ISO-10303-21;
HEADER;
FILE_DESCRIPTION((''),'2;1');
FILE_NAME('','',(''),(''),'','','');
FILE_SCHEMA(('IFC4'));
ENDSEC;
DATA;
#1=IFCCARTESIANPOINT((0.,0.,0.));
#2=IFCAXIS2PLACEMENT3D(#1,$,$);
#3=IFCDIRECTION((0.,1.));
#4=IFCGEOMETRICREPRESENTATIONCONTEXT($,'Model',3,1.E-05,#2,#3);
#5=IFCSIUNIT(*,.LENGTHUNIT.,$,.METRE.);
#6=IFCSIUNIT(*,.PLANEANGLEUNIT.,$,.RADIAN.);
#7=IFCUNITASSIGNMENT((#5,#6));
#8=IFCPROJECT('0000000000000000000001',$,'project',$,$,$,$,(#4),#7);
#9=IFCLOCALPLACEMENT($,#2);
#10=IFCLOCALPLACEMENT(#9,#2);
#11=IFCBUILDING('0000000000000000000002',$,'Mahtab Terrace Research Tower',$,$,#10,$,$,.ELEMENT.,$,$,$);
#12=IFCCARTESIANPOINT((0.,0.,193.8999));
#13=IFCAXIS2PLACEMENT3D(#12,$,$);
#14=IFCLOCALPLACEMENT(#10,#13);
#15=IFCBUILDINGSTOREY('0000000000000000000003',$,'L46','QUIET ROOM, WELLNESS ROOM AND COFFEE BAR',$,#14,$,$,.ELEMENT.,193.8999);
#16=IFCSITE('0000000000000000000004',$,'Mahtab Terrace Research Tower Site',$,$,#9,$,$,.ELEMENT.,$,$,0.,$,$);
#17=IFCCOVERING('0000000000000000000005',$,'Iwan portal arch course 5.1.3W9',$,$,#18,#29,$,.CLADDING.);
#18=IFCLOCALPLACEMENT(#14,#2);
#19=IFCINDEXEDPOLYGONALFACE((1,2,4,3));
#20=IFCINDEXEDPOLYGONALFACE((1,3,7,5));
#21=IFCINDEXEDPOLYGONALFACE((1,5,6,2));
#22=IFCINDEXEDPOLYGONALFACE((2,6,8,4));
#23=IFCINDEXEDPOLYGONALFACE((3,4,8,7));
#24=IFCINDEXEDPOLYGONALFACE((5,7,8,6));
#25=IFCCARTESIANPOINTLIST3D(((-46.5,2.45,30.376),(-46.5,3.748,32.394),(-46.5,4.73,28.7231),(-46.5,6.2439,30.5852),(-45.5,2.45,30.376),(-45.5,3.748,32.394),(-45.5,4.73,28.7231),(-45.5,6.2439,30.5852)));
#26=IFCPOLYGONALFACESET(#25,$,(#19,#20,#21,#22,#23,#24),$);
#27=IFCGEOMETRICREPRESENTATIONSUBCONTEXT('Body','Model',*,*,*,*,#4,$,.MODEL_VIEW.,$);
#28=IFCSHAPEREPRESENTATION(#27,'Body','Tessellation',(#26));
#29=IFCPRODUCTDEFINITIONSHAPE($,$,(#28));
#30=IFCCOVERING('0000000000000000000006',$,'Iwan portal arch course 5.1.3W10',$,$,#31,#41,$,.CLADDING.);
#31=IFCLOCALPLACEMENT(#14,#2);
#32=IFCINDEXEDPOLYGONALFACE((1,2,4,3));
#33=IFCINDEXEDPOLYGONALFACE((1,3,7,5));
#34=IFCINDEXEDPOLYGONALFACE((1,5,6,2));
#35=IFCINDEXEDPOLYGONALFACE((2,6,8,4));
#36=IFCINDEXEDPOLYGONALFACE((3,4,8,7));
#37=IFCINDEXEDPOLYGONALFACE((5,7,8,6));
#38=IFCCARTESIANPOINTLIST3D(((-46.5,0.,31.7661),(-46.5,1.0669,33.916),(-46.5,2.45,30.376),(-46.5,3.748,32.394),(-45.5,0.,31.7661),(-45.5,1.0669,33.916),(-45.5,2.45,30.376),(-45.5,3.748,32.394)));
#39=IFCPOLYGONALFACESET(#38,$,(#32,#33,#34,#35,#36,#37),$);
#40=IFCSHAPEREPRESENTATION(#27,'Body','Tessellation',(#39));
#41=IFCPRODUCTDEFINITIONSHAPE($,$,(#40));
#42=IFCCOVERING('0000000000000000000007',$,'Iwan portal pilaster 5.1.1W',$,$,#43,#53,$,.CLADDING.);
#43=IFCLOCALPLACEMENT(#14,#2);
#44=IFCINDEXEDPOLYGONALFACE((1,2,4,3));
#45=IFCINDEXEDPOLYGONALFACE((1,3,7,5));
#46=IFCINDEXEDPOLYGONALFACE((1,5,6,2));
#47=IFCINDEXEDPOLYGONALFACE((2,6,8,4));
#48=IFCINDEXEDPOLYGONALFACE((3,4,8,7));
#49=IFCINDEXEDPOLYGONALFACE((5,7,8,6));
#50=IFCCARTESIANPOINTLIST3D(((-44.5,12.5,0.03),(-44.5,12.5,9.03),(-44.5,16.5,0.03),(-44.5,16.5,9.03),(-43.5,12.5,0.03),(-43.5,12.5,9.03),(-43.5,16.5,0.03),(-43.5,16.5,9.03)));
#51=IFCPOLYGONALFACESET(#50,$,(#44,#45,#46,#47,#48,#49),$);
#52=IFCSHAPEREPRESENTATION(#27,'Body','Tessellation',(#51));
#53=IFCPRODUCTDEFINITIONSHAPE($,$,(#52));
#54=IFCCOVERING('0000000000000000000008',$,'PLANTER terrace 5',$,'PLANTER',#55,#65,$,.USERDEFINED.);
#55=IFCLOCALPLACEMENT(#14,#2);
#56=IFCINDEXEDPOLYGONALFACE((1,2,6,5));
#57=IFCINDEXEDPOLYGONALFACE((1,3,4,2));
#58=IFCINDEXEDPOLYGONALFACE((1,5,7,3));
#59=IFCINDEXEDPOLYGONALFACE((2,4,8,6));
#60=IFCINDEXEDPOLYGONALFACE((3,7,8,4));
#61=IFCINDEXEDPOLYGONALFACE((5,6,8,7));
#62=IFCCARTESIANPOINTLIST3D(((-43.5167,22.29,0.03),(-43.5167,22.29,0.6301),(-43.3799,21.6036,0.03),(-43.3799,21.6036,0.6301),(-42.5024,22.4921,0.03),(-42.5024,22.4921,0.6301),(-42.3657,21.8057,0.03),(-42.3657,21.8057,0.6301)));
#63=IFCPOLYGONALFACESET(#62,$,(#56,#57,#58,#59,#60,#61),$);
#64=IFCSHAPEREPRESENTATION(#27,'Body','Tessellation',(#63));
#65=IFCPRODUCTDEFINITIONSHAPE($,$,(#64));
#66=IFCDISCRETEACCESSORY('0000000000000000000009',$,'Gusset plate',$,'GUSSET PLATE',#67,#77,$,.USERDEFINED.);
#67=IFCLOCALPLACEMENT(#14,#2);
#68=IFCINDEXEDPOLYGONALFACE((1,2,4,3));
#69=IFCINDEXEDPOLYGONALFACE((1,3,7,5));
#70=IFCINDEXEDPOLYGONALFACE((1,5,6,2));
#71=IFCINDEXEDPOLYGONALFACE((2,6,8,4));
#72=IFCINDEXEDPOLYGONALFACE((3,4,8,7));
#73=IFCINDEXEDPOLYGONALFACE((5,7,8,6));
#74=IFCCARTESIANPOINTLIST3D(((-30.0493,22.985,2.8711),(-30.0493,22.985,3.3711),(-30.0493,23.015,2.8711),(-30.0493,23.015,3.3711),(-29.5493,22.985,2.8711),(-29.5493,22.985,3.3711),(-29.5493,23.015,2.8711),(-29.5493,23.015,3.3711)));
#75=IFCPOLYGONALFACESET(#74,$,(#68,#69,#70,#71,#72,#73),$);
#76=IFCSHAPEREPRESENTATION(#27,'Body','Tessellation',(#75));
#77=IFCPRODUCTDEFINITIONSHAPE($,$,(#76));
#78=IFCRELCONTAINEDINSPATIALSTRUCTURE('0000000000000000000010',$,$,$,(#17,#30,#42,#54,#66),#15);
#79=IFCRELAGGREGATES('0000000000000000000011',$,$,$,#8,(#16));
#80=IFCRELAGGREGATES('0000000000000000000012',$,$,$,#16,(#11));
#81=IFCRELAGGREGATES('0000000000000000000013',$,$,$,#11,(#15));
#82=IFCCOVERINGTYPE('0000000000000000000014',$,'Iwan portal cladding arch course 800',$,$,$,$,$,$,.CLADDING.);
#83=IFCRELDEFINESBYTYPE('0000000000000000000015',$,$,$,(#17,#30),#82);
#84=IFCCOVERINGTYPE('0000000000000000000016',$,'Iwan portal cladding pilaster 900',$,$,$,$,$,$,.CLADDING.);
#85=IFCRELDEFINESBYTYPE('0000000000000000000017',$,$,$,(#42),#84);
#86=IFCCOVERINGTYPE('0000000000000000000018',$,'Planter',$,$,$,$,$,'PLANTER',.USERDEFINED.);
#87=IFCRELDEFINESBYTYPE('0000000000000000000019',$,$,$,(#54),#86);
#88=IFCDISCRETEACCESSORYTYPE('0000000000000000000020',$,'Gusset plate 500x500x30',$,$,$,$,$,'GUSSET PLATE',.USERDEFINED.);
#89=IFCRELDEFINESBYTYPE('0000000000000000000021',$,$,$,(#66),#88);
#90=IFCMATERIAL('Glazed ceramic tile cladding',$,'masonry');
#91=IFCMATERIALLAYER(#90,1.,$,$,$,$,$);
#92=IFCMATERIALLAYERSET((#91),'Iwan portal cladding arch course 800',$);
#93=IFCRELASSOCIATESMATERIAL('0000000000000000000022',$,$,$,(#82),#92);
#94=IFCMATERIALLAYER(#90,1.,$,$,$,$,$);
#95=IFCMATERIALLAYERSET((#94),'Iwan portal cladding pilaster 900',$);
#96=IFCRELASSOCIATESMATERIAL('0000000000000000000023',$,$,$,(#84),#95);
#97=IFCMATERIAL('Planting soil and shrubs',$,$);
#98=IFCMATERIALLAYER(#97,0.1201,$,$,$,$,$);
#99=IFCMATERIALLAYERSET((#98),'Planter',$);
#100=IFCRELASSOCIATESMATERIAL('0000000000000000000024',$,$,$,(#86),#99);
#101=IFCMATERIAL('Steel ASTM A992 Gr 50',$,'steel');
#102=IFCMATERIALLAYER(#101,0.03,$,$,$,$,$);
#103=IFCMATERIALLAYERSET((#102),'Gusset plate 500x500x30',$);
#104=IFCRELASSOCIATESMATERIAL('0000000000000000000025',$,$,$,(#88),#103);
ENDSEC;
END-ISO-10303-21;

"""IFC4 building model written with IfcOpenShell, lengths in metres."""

from ifc_helpers import new_model, si_unit, direction, frame, origin, origin_2d, place, context, subcontext, project, spatial, polyline, rectangle, outline, extrude, material, layer, layer_set, type_object, element, save


model = new_model("IFC4")

# Units and contexts
model_context = context("Model", 3, precision=1e-05, world=origin(), true_north=direction((0.0, 1.0)))
body_context = subcontext(model_context, "Body", "Model", "MODEL_VIEW")
ifc_project = project(units=[si_unit("LENGTHUNIT", "METRE"), si_unit("PLANEANGLEUNIT", "RADIAN")], contexts=[model_context])

# Site, building, storey
site_placement = place(None, origin())
site = spatial("IfcSite", under=ifc_project, at=site_placement, Name="Mahtab Terrace Research Tower Site", CompositionType="ELEMENT", RefElevation=0.0)
building_placement = place(site_placement, origin())
building = spatial("IfcBuilding", under=site, at=building_placement, Name="Mahtab Terrace Research Tower", CompositionType="ELEMENT")
storey_placement = place(building_placement, frame((0.0, 0.0, 193.8999)))
storey = spatial("IfcBuildingStorey", under=building, at=storey_placement, Name="L46", Description="QUIET ROOM, WELLNESS ROOM AND COFFEE BAR", CompositionType="ELEMENT", Elevation=193.8999)

# Coverings
ifc_material_1 = material(Name="Glazed ceramic tile cladding", Category="masonry")
ifc_layer_1 = layer(ifc_material_1, 1.0)
ifc_layer_set_1 = layer_set([ifc_layer_1], Name="Iwan portal cladding arch course 800")
covering_type_1 = type_object("IfcCoveringType", Name="Iwan portal cladding arch course 800", PredefinedType="CLADDING", material=ifc_layer_set_1)
covering_1_placement = place(storey_placement, frame((-45.5, 6.2439, 30.5852), z_axis=(1.0, 0.0, 0.0), x_axis=(0.0, -0.809711, 0.586829)))
element("IfcCovering", 1, at=covering_1_placement, inside=storey, type_object=covering_type_1, Name="Iwan portal arch course 5.1.3W9", PredefinedType="CLADDING", context=body_context, shape_type="SweptSolid", body=[
    extrude(outline(polyline([(0.0, 0.0), (3.0824, 0.0), (2.9492, 2.3958), (0.1331, 2.3961), (0.0, 0.0)])), origin(), (0.0, 0.0, -1.0), 1.0),
])
covering_2_placement = place(storey_placement, frame((-45.5, 3.748, 32.394), z_axis=(1.0, 0.0, 0.0), x_axis=(0.0, -0.869653, 0.493664)))
element("IfcCovering", 2, at=covering_2_placement, inside=storey, type_object=covering_type_1, Name="Iwan portal arch course 5.1.3W10", PredefinedType="CLADDING", context=body_context, shape_type="SweptSolid", body=[
    extrude(outline(polyline([(0.0, 0.0), (3.083, 0.0), (2.9495, 2.3964), (0.1326, 2.3958), (0.0, 0.0)])), origin(), (0.0, 0.0, -1.0), 1.0),
])
ifc_layer_2 = layer(ifc_material_1, 1.0)
ifc_layer_set_2 = layer_set([ifc_layer_2], Name="Iwan portal cladding pilaster 900")
covering_type_2 = type_object("IfcCoveringType", Name="Iwan portal cladding pilaster 900", PredefinedType="CLADDING", material=ifc_layer_set_2)
covering_3_placement = place(storey_placement, frame((-44.0, 14.5, 0.03), z_axis=(0.0, 0.0, 1.0), x_axis=(0.0, -1.0, 0.0)))
element("IfcCovering", 3, at=covering_3_placement, inside=storey, type_object=covering_type_2, Name="Iwan portal pilaster 5.1.1W", PredefinedType="CLADDING", context=body_context, shape_type="SweptSolid", body=[
    extrude(rectangle(XDim=4.0, YDim=1.0, at=origin_2d()), origin(), (0.0, 0.0, 1.0), 9.0),
])
ifc_material_2 = material(Name="Planting soil and shrubs")
ifc_layer_3 = layer(ifc_material_2, 0.1201)
ifc_layer_set_3 = layer_set([ifc_layer_3], Name="Planter")
covering_type_3 = type_object("IfcCoveringType", Name="Planter", ElementType="PLANTER", PredefinedType="USERDEFINED", material=ifc_layer_set_3)
covering_4_placement = place(storey_placement, frame((-42.9412, 22.0479, 0.03), z_axis=(0.0, 0.0, 1.0), x_axis=(-0.980725, -0.195395, 0.0)))
element("IfcCovering", 4, at=covering_4_placement, inside=storey, type_object=covering_type_3, Name="PLANTER terrace 5", ObjectType="PLANTER", PredefinedType="USERDEFINED", context=body_context, shape_type="SweptSolid", body=[
    extrude(rectangle(XDim=1.0342, YDim=0.7, at=origin_2d()), origin(), (0.0, 0.0, 1.0), 0.6001),
])

# Discrete accessory
ifc_material_3 = material(Name="Steel ASTM A992 Gr 50", Category="steel")
ifc_layer_4 = layer(ifc_material_3, 0.03)
ifc_layer_set_4 = layer_set([ifc_layer_4], Name="Gusset plate 500x500x30")
discrete_accessory_type = type_object("IfcDiscreteAccessoryType", Name="Gusset plate 500x500x30", ElementType="GUSSET PLATE", PredefinedType="USERDEFINED", material=ifc_layer_set_4)
discrete_accessory_placement = place(storey_placement, frame((-29.7993, 23.0, 2.8711), z_axis=(0.0, 0.0, 1.0), x_axis=(1.0, 0.0, 0.0)))
element("IfcDiscreteAccessory", 5, at=discrete_accessory_placement, inside=storey, type_object=discrete_accessory_type, Name="Gusset plate", ObjectType="GUSSET PLATE", PredefinedType="USERDEFINED", context=body_context, shape_type="SweptSolid", body=[
    extrude(rectangle(XDim=0.5, YDim=0.03, at=origin_2d()), origin(), (0.0, 0.0, 1.0), 0.5),
])

save(model, "model.ifc")
